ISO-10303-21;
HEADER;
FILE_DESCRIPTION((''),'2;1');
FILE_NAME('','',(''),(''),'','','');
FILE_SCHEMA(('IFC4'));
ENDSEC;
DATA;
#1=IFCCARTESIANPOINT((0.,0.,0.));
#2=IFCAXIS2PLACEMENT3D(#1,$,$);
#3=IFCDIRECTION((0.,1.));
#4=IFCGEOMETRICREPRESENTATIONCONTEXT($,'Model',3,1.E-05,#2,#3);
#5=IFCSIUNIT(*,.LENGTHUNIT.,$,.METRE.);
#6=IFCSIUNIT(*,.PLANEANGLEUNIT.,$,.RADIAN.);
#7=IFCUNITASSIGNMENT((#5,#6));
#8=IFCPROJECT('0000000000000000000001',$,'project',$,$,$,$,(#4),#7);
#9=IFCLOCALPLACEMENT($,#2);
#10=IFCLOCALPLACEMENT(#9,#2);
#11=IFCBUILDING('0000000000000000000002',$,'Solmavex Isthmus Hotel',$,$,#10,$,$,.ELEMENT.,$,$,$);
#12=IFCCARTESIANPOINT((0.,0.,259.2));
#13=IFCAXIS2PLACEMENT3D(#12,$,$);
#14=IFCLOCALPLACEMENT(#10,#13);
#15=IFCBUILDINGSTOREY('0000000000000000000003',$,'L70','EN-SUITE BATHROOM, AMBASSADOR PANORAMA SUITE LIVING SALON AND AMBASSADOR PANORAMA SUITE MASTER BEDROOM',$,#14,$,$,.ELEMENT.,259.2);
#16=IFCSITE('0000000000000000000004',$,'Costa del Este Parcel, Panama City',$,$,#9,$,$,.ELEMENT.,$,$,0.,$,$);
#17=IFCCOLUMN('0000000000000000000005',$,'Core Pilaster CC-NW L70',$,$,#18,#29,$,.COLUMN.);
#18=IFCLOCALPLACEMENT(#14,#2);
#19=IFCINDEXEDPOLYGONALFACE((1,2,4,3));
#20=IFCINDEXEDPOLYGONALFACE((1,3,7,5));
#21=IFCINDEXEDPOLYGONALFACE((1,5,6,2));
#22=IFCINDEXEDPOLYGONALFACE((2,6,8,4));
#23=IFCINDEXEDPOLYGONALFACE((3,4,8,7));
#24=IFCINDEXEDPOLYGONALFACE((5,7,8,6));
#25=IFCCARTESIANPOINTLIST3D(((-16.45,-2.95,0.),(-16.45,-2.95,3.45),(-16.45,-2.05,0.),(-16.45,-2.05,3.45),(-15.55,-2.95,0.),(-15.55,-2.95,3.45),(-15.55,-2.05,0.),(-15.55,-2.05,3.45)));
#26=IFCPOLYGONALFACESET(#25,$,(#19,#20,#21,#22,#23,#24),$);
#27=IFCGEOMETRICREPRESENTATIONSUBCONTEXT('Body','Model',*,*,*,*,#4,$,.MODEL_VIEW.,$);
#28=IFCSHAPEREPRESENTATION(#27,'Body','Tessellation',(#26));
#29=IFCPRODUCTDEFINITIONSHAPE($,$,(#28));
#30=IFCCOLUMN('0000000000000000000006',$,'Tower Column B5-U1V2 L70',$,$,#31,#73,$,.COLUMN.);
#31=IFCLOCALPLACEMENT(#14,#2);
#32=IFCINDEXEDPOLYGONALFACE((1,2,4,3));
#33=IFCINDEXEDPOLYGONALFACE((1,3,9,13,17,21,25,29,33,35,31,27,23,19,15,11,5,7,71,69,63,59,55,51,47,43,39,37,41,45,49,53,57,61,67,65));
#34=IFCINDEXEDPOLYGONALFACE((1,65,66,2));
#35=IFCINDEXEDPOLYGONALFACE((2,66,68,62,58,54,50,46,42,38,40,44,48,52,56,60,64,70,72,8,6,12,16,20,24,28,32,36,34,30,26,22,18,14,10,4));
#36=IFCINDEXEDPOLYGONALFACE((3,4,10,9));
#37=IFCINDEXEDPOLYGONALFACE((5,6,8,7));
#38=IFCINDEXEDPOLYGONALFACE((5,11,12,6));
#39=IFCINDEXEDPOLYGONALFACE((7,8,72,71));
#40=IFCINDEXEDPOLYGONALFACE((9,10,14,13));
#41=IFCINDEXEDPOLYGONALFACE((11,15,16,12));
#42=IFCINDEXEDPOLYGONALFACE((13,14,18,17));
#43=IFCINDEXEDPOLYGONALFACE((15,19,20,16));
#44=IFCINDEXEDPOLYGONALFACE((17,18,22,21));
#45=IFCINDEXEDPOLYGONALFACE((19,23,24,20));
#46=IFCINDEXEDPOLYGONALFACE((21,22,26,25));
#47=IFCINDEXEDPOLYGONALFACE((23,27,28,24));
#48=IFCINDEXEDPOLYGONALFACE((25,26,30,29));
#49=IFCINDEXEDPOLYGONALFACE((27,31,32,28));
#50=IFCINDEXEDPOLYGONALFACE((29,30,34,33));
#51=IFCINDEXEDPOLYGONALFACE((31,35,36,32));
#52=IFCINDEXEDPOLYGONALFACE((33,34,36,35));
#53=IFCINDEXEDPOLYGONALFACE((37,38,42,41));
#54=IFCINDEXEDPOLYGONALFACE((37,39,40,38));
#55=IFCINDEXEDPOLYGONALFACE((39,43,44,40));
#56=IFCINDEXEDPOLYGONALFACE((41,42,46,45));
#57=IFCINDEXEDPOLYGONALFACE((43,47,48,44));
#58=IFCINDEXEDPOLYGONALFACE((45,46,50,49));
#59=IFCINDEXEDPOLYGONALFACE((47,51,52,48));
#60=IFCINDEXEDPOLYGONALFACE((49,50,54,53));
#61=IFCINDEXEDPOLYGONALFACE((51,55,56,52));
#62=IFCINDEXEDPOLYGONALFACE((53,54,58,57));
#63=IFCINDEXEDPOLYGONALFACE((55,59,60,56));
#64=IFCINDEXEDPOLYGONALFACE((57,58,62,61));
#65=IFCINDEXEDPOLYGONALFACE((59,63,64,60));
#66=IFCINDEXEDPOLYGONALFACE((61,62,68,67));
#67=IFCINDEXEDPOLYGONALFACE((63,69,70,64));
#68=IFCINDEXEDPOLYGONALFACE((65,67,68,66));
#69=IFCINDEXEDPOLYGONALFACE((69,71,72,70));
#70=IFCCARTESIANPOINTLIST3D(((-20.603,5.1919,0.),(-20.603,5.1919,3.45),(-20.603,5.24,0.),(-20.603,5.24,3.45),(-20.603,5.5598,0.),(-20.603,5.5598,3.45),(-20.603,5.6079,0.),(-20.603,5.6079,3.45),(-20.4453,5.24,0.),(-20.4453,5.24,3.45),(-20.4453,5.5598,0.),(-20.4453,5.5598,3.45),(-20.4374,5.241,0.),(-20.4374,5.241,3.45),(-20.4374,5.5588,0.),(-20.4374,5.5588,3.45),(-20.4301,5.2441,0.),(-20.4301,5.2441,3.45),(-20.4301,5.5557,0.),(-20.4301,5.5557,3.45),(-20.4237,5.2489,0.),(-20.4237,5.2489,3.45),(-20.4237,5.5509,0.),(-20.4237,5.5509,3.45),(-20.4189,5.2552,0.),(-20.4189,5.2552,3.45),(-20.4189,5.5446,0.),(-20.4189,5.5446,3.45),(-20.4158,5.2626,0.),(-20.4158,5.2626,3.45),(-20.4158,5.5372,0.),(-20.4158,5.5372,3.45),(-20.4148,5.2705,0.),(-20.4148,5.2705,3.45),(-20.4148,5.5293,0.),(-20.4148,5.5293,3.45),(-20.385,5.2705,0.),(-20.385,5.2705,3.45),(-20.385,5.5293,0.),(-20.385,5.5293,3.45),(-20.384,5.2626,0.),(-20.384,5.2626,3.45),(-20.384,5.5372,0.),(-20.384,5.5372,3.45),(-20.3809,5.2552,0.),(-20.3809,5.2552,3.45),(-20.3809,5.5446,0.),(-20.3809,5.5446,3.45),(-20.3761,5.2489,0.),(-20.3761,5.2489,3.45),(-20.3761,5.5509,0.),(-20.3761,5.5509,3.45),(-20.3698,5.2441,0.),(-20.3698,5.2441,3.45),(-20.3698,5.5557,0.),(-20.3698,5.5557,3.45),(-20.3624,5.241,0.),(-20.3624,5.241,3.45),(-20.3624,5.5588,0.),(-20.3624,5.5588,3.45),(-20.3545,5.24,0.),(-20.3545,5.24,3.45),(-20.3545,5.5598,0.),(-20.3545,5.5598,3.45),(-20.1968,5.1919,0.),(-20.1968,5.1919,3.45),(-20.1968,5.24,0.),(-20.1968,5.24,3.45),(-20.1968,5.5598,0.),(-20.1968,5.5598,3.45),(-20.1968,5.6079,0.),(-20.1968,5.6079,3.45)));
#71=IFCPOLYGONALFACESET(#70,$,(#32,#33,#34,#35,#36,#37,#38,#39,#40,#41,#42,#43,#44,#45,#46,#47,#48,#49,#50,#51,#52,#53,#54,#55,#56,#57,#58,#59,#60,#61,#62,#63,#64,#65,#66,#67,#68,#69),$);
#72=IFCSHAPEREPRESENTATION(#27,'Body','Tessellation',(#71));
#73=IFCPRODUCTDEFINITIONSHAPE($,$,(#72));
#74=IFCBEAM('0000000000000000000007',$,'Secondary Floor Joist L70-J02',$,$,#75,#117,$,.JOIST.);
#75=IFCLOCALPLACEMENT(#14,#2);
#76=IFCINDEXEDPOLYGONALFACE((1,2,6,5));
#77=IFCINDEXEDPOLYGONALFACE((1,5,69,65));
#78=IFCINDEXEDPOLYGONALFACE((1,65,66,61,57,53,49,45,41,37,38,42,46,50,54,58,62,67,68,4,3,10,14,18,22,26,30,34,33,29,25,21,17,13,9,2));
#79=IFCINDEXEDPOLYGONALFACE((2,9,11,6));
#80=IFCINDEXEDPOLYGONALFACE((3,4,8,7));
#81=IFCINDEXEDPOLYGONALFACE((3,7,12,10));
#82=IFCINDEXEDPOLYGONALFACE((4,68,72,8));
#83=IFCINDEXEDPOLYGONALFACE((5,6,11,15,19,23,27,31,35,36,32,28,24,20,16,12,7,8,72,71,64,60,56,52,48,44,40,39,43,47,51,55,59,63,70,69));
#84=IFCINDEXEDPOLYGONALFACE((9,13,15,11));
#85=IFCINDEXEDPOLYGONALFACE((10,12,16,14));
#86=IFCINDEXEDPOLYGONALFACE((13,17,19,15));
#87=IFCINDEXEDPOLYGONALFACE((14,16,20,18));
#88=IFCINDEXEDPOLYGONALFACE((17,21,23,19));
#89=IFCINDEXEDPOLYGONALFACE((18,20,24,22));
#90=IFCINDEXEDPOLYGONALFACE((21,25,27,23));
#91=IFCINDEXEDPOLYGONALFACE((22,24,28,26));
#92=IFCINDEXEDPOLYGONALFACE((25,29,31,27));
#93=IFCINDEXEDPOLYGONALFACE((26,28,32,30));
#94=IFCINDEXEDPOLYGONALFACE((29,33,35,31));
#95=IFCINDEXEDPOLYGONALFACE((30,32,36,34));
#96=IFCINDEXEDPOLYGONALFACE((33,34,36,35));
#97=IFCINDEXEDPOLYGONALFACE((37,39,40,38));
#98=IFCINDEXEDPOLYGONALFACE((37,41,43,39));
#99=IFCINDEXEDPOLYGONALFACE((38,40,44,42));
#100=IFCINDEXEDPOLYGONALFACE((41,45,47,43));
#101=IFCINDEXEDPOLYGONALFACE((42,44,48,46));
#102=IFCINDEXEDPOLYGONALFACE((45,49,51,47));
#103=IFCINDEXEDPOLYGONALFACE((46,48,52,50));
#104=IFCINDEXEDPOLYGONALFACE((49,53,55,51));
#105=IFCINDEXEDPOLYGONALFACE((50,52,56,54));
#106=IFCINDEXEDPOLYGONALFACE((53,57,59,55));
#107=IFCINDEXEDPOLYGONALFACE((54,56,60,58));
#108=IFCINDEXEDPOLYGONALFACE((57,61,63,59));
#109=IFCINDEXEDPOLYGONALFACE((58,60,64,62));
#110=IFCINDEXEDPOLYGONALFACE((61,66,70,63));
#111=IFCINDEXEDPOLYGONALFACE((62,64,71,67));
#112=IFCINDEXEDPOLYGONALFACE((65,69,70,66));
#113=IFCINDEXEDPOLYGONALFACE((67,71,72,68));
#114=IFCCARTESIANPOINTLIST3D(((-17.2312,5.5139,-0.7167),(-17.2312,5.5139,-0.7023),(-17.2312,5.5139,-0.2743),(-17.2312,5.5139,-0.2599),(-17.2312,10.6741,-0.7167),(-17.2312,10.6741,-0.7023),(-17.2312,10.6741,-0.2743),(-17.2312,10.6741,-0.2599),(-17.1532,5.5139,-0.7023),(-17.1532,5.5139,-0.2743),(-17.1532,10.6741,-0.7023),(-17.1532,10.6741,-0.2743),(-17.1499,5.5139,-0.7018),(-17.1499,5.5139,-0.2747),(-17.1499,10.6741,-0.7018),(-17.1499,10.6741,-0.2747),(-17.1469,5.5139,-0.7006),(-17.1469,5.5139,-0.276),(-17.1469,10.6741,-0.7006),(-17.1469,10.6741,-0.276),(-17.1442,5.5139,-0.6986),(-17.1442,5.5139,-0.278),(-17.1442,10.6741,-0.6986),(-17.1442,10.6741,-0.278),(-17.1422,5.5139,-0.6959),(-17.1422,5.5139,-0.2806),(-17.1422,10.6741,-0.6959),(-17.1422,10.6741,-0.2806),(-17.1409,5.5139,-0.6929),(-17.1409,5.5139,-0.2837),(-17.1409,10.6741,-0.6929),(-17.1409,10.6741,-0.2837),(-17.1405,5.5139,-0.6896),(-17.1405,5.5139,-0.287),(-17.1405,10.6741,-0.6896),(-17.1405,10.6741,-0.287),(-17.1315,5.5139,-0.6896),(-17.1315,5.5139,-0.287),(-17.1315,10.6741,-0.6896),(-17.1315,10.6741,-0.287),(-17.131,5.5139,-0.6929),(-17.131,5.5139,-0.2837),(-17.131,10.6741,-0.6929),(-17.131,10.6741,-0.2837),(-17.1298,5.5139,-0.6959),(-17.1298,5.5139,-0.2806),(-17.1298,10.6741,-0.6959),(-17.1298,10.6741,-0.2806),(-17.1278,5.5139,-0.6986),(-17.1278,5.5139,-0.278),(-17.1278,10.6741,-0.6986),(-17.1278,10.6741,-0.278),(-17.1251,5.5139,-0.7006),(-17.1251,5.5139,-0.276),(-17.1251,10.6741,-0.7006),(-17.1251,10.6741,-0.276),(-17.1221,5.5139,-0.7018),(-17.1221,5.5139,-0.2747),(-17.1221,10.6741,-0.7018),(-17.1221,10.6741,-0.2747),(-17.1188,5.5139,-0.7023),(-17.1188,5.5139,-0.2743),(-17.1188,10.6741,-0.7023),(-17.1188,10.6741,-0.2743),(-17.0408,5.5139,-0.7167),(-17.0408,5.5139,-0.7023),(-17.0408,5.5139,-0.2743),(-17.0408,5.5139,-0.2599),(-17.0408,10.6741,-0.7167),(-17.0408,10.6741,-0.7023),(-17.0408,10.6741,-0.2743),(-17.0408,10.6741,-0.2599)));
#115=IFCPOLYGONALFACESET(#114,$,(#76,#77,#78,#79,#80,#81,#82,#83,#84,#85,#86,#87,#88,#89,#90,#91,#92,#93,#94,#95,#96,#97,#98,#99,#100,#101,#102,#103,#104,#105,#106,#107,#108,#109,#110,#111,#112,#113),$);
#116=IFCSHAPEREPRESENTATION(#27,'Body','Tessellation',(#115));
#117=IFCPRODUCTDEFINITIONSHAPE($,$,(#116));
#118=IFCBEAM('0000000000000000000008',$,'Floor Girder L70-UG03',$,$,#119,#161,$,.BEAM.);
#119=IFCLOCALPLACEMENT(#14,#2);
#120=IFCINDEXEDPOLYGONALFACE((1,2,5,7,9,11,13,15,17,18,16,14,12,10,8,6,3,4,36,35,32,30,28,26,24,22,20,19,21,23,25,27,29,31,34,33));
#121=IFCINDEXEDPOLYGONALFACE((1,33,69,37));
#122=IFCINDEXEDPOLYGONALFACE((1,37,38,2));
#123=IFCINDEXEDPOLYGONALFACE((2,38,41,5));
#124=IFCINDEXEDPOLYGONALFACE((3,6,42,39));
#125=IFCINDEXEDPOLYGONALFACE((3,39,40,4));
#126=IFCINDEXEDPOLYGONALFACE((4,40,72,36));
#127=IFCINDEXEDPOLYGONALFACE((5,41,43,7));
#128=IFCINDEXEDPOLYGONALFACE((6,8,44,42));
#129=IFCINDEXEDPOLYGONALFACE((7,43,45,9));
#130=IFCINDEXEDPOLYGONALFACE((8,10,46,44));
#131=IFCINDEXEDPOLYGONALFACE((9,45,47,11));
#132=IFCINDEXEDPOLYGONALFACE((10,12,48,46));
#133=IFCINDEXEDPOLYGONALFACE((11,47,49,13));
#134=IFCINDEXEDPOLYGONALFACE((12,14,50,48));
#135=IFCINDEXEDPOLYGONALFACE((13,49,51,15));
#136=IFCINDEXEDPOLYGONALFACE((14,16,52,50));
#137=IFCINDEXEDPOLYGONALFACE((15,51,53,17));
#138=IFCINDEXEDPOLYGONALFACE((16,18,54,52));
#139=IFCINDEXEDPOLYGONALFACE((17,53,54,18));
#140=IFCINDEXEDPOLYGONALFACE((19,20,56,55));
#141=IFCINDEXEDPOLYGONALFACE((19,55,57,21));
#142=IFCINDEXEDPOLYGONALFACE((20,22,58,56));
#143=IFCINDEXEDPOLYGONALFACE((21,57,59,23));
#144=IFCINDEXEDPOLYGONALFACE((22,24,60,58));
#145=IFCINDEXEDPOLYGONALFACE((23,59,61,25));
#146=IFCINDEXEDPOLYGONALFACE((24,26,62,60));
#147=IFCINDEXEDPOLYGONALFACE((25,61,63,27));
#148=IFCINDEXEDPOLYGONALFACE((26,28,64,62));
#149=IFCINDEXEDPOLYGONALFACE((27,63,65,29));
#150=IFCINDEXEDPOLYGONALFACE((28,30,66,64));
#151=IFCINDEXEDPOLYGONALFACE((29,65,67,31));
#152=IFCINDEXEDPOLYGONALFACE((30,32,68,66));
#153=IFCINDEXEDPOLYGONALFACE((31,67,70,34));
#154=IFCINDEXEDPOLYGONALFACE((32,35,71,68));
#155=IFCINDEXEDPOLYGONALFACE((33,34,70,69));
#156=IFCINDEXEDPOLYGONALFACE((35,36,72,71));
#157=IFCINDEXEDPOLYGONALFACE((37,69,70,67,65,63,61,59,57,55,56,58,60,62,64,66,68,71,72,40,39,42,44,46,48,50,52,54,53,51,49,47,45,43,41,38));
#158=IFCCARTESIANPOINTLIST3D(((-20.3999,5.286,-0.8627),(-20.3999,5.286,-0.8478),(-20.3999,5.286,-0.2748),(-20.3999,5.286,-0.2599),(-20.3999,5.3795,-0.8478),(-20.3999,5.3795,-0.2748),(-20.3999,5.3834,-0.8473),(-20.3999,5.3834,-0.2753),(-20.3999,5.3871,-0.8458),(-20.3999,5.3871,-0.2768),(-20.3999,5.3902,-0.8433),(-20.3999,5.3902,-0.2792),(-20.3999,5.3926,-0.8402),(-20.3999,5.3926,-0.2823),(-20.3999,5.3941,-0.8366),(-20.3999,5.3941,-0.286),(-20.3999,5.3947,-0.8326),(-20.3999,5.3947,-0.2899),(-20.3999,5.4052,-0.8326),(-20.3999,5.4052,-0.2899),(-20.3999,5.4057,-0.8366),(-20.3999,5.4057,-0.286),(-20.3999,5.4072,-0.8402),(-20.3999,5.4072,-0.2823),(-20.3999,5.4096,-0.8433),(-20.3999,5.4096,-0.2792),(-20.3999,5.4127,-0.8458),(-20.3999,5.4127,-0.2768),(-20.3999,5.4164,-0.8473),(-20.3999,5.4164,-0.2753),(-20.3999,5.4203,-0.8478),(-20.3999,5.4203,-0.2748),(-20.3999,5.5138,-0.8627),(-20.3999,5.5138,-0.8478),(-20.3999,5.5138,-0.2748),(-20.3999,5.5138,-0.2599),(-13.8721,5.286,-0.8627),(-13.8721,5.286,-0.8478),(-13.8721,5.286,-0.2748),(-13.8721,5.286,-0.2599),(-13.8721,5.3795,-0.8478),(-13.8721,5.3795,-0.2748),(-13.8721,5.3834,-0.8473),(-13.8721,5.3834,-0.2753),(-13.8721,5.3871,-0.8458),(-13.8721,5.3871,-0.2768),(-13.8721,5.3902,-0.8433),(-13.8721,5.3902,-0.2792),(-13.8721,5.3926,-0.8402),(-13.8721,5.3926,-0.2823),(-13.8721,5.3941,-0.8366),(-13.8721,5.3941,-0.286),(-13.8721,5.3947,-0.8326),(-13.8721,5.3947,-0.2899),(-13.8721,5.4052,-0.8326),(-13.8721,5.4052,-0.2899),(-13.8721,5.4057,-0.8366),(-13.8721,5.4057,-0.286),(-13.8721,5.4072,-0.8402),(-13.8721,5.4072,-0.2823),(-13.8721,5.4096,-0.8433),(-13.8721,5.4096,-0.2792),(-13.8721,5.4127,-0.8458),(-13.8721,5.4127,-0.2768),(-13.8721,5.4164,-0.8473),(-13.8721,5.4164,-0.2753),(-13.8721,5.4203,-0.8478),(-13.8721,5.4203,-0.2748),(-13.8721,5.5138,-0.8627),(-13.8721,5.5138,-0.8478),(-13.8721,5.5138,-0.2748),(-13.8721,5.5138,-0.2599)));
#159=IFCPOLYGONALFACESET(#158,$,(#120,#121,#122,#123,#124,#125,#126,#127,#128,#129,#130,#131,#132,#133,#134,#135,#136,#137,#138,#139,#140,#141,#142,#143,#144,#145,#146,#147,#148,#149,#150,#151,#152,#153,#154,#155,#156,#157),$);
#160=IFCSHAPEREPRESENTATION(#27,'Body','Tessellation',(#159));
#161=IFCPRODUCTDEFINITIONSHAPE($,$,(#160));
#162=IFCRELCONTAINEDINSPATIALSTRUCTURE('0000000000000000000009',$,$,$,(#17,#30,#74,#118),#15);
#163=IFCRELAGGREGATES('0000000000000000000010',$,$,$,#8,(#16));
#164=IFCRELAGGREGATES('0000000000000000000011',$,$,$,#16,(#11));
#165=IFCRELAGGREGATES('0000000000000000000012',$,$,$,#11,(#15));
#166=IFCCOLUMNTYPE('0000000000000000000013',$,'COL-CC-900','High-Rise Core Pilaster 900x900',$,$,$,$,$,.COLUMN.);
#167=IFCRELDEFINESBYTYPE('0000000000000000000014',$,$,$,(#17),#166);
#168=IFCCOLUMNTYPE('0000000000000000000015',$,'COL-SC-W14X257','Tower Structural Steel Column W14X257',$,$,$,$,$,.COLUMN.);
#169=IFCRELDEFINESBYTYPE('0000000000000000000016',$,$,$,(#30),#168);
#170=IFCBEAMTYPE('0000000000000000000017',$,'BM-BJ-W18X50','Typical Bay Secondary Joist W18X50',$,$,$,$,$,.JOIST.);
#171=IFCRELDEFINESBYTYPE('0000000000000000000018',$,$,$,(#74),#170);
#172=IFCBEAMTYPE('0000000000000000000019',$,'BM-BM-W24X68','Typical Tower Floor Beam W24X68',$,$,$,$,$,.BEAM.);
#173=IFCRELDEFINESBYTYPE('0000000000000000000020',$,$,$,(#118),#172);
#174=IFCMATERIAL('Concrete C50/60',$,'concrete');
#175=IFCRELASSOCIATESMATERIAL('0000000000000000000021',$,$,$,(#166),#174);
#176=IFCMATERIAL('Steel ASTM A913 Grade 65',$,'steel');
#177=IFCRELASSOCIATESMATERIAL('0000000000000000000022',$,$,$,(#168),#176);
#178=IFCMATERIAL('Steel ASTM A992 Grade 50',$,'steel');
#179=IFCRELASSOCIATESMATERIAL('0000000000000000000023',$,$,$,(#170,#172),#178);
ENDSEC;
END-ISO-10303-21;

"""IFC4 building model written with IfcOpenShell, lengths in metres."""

from ifc_helpers import new_model, si_unit, direction, frame, origin, origin_2d, place, context, subcontext, project, spatial, rectangle, i_section, extrude, material, material_profile, profile_set, type_object, element, save


model = new_model("IFC4")

# Units and contexts
model_context = context("Model", 3, precision=1e-05, world=origin(), true_north=direction((0.0, 1.0)))
body_context = subcontext(model_context, "Body", "Model", "MODEL_VIEW")
ifc_project = project(units=[si_unit("LENGTHUNIT", "METRE"), si_unit("PLANEANGLEUNIT", "RADIAN")], contexts=[model_context])

# Site, building, storey
site_placement = place(None, origin())
site = spatial("IfcSite", under=ifc_project, at=site_placement, Name="Costa del Este Parcel, Panama City", CompositionType="ELEMENT", RefElevation=0.0)
building_placement = place(site_placement, origin())
building = spatial("IfcBuilding", under=site, at=building_placement, Name="Solmavex Isthmus Hotel", CompositionType="ELEMENT")
storey_placement = place(building_placement, frame((0.0, 0.0, 259.2)))
storey = spatial("IfcBuildingStorey", under=building, at=storey_placement, Name="L70", Description="EN-SUITE BATHROOM, AMBASSADOR PANORAMA SUITE LIVING SALON AND AMBASSADOR PANORAMA SUITE MASTER BEDROOM", CompositionType="ELEMENT", Elevation=259.2)

# Columns
ifc_material_1 = material(Name="Concrete C50/60", Category="concrete")
ifc_material_profile_1 = material_profile(ifc_material_1, rectangle(XDim=0.8999, YDim=0.8999, at=origin_2d()), Name="RC900X900")
ifc_profile_set_1 = profile_set([ifc_material_profile_1], Name="Concrete C50/60")
column_type_1 = type_object("IfcColumnType", Name="COL-CC-900", Description="High-Rise Core Pilaster 900x900", PredefinedType="COLUMN", material=ifc_profile_set_1)
column_1_placement = place(storey_placement, frame((-16.0, -2.5, 0.0), z_axis=(0.0, 0.0, 1.0), x_axis=(1.0, 0.0, 0.0)))
element("IfcColumn", 1, at=column_1_placement, inside=storey, type_object=column_type_1, Name="Core Pilaster CC-NW L70", PredefinedType="COLUMN", context=body_context, shape_type="SweptSolid", body=[
    extrude(rectangle(XDim=0.8999, YDim=0.8999, at=origin_2d()), origin(), (0.0, 0.0, 1.0), 3.45),
])
ifc_material_2 = material(Name="Steel ASTM A913 Grade 65", Category="steel")
ifc_material_profile_2 = material_profile(ifc_material_2, i_section(OverallWidth=0.4062, OverallDepth=0.416, WebThickness=0.0298, FlangeThickness=0.0481, FilletRadius=0.0305, at=origin_2d()), Name="W14X257")
ifc_profile_set_2 = profile_set([ifc_material_profile_2], Name="Steel ASTM A913 Grade 65")
column_type_2 = type_object("IfcColumnType", Name="COL-SC-W14X257", Description="Tower Structural Steel Column W14X257", PredefinedType="COLUMN", material=ifc_profile_set_2)
column_2_placement = place(storey_placement, frame((-20.3999, 5.3999, 0.0), z_axis=(0.0, 0.0, 1.0), x_axis=(1.0, 0.0, 0.0)))
element("IfcColumn", 2, at=column_2_placement, inside=storey, type_object=column_type_2, Name="Tower Column B5-U1V2 L70", PredefinedType="COLUMN", context=body_context, shape_type="SweptSolid", body=[
    extrude(i_section(OverallWidth=0.4062, OverallDepth=0.416, WebThickness=0.0298, FlangeThickness=0.0481, FilletRadius=0.0305, at=origin_2d()), origin(), (0.0, 0.0, 1.0), 3.45),
])

# Beams
ifc_material_3 = material(Name="Steel ASTM A992 Grade 50", Category="steel")
ifc_material_profile_3 = material_profile(ifc_material_3, i_section(OverallWidth=0.1904, OverallDepth=0.4568, WebThickness=0.009, FlangeThickness=0.0144, FilletRadius=0.0127, at=origin_2d()), Name="W18X50")
ifc_profile_set_3 = profile_set([ifc_material_profile_3], Name="Steel ASTM A992 Grade 50")
beam_type_1 = type_object("IfcBeamType", Name="BM-BJ-W18X50", Description="Typical Bay Secondary Joist W18X50", PredefinedType="JOIST", material=ifc_profile_set_3)
beam_1_placement = place(storey_placement, frame((-17.136, 5.5139, -0.4883), z_axis=(0.0, 1.0, 0.0), x_axis=(-1.0, 0.0, 0.0)))
element("IfcBeam", 3, at=beam_1_placement, inside=storey, type_object=beam_type_1, Name="Secondary Floor Joist L70-J02", PredefinedType="JOIST", context=body_context, shape_type="SweptSolid", body=[
    extrude(i_section(OverallWidth=0.1904, OverallDepth=0.4568, WebThickness=0.009, FlangeThickness=0.0144, FilletRadius=0.0127, at=origin_2d()), origin(), (0.0, 0.0, 1.0), 5.1602),
])
ifc_material_profile_4 = material_profile(ifc_material_3, i_section(OverallWidth=0.2278, OverallDepth=0.6028, WebThickness=0.0105, FlangeThickness=0.0149, FilletRadius=0.0151, at=origin_2d()), Name="W24X68")
ifc_profile_set_4 = profile_set([ifc_material_profile_4], Name="Steel ASTM A992 Grade 50")
beam_type_2 = type_object("IfcBeamType", Name="BM-BM-W24X68", Description="Typical Tower Floor Beam W24X68", PredefinedType="BEAM", material=ifc_profile_set_4)
beam_2_placement = place(storey_placement, frame((-20.3999, 5.3999, -0.5613), z_axis=(1.0, 0.0, 0.0), x_axis=(0.0, 1.0, 0.0)))
element("IfcBeam", 4, at=beam_2_placement, inside=storey, type_object=beam_type_2, Name="Floor Girder L70-UG03", PredefinedType="BEAM", context=body_context, shape_type="SweptSolid", body=[
    extrude(i_section(OverallWidth=0.2278, OverallDepth=0.6028, WebThickness=0.0105, FlangeThickness=0.0149, FilletRadius=0.0151, at=origin_2d()), origin(), (0.0, 0.0, 1.0), 6.5278),
])

save(model, "model.ifc")
